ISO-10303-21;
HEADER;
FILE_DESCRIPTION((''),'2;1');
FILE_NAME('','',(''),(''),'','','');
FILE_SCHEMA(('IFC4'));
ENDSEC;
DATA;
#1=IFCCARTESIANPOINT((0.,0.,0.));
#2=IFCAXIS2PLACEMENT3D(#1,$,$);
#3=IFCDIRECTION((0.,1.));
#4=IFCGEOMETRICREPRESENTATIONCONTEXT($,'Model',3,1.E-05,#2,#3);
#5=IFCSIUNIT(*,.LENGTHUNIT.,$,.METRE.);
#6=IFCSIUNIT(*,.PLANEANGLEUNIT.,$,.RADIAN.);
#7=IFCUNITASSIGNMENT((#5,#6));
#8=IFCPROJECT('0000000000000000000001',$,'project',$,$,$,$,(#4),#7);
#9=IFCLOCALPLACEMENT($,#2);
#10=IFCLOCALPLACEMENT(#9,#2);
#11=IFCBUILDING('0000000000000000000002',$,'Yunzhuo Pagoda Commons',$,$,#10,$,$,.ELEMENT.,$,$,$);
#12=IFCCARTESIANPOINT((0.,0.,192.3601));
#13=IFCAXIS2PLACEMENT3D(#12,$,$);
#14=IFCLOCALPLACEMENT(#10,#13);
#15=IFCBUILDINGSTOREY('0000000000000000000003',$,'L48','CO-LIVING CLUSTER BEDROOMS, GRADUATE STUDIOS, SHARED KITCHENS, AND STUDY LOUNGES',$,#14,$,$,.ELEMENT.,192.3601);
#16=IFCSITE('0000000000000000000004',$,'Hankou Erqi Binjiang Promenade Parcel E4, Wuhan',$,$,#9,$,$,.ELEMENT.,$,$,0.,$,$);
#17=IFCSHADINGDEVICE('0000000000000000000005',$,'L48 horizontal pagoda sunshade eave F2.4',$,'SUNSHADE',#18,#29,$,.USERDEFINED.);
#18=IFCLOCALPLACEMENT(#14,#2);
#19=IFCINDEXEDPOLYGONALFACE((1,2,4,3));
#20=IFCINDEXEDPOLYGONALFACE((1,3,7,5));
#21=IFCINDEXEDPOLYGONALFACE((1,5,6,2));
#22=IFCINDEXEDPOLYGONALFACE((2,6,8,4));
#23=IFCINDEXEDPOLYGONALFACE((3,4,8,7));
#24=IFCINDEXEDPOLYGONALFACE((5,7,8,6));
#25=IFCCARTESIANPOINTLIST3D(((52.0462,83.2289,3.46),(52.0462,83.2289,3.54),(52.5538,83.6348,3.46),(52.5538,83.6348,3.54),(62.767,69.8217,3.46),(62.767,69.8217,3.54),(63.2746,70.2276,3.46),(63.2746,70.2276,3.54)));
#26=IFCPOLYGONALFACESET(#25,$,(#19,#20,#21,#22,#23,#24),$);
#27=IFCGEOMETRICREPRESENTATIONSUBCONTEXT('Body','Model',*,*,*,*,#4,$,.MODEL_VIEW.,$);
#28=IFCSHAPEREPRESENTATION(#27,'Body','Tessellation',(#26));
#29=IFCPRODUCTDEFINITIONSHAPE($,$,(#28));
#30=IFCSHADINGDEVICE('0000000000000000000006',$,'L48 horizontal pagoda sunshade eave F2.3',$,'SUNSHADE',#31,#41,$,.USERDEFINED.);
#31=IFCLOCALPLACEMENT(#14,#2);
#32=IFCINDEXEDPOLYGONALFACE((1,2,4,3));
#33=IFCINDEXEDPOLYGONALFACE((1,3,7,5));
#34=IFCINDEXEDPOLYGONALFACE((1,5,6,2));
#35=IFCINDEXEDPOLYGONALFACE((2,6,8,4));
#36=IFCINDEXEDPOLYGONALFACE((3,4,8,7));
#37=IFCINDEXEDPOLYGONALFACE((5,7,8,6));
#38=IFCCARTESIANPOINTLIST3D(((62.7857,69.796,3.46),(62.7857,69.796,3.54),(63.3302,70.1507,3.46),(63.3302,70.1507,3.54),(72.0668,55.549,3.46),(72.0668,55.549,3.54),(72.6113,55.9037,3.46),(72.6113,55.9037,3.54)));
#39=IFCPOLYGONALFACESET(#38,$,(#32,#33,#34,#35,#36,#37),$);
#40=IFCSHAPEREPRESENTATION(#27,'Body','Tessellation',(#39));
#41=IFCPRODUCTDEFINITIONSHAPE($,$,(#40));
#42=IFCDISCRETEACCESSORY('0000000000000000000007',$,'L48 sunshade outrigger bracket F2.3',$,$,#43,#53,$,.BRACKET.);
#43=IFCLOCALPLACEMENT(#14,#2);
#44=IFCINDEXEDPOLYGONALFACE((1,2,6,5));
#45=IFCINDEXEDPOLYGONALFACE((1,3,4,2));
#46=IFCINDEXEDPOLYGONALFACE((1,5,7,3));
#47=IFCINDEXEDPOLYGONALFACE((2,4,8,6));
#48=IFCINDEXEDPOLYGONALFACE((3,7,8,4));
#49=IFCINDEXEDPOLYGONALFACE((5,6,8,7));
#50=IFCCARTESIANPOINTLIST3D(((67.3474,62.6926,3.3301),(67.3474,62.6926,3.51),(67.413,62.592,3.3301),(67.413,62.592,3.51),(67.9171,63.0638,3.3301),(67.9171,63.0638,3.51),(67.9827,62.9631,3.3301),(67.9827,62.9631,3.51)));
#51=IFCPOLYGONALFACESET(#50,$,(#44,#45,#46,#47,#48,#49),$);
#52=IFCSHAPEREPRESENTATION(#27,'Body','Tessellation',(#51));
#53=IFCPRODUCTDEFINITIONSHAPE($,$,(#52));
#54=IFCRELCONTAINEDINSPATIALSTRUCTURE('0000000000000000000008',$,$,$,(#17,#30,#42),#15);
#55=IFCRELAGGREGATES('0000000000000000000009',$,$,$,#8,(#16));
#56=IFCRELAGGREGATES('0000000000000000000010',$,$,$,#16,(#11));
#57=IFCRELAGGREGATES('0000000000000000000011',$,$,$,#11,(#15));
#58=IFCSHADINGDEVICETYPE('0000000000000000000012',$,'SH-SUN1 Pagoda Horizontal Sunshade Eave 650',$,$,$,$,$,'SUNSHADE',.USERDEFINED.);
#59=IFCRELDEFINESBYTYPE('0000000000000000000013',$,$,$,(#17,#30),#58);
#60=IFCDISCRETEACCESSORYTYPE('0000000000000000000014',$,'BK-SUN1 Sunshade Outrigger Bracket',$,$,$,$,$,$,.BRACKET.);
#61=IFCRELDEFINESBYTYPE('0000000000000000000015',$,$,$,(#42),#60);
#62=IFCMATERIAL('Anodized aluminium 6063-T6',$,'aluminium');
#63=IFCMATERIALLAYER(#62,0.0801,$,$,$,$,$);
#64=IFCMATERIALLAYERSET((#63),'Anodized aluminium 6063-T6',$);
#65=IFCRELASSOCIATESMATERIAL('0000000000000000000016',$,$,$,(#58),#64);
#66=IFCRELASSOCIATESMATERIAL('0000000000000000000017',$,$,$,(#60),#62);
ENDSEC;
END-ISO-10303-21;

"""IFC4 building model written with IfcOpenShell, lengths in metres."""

from ifc_helpers import new_model, si_unit, direction, frame, origin, origin_2d, place, context, subcontext, project, spatial, rectangle, extrude, source, transform, mapped, material, layer, layer_set, type_object, element, save


model = new_model("IFC4")

# Units and contexts
model_context = context("Model", 3, precision=1e-05, world=origin(), true_north=direction((0.0, 1.0)))
body_context = subcontext(model_context, "Body", "Model", "MODEL_VIEW")
ifc_project = project(units=[si_unit("LENGTHUNIT", "METRE"), si_unit("PLANEANGLEUNIT", "RADIAN")], contexts=[model_context])

# Site, building, storey
site_placement = place(None, origin())
site = spatial("IfcSite", under=ifc_project, at=site_placement, Name="Hankou Erqi Binjiang Promenade Parcel E4, Wuhan", CompositionType="ELEMENT", RefElevation=0.0)
building_placement = place(site_placement, origin())
building = spatial("IfcBuilding", under=site, at=building_placement, Name="Yunzhuo Pagoda Commons", CompositionType="ELEMENT")
storey_placement = place(building_placement, frame((0.0, 0.0, 192.3601)))
storey = spatial("IfcBuildingStorey", under=building, at=storey_placement, Name="L48", Description="CO-LIVING CLUSTER BEDROOMS, GRADUATE STUDIOS, SHARED KITCHENS, AND STUDY LOUNGES", CompositionType="ELEMENT", Elevation=192.3601)

# Shared definitions
ifc_material_1 = material(Name="Anodized aluminium 6063-T6", Category="aluminium")

# Shading devices
ifc_layer_1 = layer(ifc_material_1, 0.0801)
ifc_layer_set_1 = layer_set([ifc_layer_1], Name="Anodized aluminium 6063-T6")
shading_device_type = type_object("IfcShadingDeviceType", Name="SH-SUN1 Pagoda Horizontal Sunshade Eave 650", ElementType="SUNSHADE", PredefinedType="USERDEFINED", material=ifc_layer_set_1)
shared_shape_1 = source(origin(), body_context, "Body", "SweptSolid", [
    extrude(rectangle(XDim=17.1665, YDim=0.6499, at=origin_2d()), origin(), (0.0, 0.0, 1.0), 0.0801),
])
shading_device_1_placement = place(storey_placement, frame((57.6604, 76.7283, 3.46), z_axis=(0.0, 0.0, 1.0), x_axis=(-0.62452, 0.781008, 0.0)))
element("IfcShadingDevice", 1, at=shading_device_1_placement, inside=storey, type_object=shading_device_type, Name="L48 horizontal pagoda sunshade eave F2.4", ObjectType="SUNSHADE", PredefinedType="USERDEFINED", context=body_context, shape_type="MappedRepresentation", body=[
    mapped(shared_shape_1, transform((0.0, 0.0, 0.0), scale=1.0)),
])
shared_shape_2 = source(origin(), body_context, "Body", "SweptSolid", [
    extrude(rectangle(XDim=17.0034, YDim=0.6499, at=origin_2d()), origin(), (0.0, 0.0, 1.0), 0.0801),
])
shading_device_2_placement = place(storey_placement, frame((67.6985, 62.8499, 3.46), z_axis=(0.0, 0.0, 1.0), x_axis=(-0.545839, 0.83789, 0.0)))
element("IfcShadingDevice", 2, at=shading_device_2_placement, inside=storey, type_object=shading_device_type, Name="L48 horizontal pagoda sunshade eave F2.3", ObjectType="SUNSHADE", PredefinedType="USERDEFINED", context=body_context, shape_type="MappedRepresentation", body=[
    mapped(shared_shape_2, transform((0.0, 0.0, 0.0), scale=1.0)),
])

# Discrete accessory
discrete_accessory_type = type_object("IfcDiscreteAccessoryType", Name="BK-SUN1 Sunshade Outrigger Bracket", PredefinedType="BRACKET", material=ifc_material_1)
shared_shape_3 = source(origin(), body_context, "Body", "SweptSolid", [
    extrude(rectangle(XDim=0.1201, YDim=0.6799, at=origin_2d()), origin(), (0.0, 0.0, 1.0), 0.1799),
])
discrete_accessory_placement = place(storey_placement, frame((67.665, 62.8279, 3.3301), z_axis=(0.0, 0.0, 1.0), x_axis=(-0.545839, 0.83789, 0.0)))
element("IfcDiscreteAccessory", 3, at=discrete_accessory_placement, inside=storey, type_object=discrete_accessory_type, Name="L48 sunshade outrigger bracket F2.3", PredefinedType="BRACKET", context=body_context, shape_type="MappedRepresentation", body=[
    mapped(shared_shape_3, transform((0.0, 0.0, 0.0), scale=1.0)),
])

save(model, "model.ifc")
